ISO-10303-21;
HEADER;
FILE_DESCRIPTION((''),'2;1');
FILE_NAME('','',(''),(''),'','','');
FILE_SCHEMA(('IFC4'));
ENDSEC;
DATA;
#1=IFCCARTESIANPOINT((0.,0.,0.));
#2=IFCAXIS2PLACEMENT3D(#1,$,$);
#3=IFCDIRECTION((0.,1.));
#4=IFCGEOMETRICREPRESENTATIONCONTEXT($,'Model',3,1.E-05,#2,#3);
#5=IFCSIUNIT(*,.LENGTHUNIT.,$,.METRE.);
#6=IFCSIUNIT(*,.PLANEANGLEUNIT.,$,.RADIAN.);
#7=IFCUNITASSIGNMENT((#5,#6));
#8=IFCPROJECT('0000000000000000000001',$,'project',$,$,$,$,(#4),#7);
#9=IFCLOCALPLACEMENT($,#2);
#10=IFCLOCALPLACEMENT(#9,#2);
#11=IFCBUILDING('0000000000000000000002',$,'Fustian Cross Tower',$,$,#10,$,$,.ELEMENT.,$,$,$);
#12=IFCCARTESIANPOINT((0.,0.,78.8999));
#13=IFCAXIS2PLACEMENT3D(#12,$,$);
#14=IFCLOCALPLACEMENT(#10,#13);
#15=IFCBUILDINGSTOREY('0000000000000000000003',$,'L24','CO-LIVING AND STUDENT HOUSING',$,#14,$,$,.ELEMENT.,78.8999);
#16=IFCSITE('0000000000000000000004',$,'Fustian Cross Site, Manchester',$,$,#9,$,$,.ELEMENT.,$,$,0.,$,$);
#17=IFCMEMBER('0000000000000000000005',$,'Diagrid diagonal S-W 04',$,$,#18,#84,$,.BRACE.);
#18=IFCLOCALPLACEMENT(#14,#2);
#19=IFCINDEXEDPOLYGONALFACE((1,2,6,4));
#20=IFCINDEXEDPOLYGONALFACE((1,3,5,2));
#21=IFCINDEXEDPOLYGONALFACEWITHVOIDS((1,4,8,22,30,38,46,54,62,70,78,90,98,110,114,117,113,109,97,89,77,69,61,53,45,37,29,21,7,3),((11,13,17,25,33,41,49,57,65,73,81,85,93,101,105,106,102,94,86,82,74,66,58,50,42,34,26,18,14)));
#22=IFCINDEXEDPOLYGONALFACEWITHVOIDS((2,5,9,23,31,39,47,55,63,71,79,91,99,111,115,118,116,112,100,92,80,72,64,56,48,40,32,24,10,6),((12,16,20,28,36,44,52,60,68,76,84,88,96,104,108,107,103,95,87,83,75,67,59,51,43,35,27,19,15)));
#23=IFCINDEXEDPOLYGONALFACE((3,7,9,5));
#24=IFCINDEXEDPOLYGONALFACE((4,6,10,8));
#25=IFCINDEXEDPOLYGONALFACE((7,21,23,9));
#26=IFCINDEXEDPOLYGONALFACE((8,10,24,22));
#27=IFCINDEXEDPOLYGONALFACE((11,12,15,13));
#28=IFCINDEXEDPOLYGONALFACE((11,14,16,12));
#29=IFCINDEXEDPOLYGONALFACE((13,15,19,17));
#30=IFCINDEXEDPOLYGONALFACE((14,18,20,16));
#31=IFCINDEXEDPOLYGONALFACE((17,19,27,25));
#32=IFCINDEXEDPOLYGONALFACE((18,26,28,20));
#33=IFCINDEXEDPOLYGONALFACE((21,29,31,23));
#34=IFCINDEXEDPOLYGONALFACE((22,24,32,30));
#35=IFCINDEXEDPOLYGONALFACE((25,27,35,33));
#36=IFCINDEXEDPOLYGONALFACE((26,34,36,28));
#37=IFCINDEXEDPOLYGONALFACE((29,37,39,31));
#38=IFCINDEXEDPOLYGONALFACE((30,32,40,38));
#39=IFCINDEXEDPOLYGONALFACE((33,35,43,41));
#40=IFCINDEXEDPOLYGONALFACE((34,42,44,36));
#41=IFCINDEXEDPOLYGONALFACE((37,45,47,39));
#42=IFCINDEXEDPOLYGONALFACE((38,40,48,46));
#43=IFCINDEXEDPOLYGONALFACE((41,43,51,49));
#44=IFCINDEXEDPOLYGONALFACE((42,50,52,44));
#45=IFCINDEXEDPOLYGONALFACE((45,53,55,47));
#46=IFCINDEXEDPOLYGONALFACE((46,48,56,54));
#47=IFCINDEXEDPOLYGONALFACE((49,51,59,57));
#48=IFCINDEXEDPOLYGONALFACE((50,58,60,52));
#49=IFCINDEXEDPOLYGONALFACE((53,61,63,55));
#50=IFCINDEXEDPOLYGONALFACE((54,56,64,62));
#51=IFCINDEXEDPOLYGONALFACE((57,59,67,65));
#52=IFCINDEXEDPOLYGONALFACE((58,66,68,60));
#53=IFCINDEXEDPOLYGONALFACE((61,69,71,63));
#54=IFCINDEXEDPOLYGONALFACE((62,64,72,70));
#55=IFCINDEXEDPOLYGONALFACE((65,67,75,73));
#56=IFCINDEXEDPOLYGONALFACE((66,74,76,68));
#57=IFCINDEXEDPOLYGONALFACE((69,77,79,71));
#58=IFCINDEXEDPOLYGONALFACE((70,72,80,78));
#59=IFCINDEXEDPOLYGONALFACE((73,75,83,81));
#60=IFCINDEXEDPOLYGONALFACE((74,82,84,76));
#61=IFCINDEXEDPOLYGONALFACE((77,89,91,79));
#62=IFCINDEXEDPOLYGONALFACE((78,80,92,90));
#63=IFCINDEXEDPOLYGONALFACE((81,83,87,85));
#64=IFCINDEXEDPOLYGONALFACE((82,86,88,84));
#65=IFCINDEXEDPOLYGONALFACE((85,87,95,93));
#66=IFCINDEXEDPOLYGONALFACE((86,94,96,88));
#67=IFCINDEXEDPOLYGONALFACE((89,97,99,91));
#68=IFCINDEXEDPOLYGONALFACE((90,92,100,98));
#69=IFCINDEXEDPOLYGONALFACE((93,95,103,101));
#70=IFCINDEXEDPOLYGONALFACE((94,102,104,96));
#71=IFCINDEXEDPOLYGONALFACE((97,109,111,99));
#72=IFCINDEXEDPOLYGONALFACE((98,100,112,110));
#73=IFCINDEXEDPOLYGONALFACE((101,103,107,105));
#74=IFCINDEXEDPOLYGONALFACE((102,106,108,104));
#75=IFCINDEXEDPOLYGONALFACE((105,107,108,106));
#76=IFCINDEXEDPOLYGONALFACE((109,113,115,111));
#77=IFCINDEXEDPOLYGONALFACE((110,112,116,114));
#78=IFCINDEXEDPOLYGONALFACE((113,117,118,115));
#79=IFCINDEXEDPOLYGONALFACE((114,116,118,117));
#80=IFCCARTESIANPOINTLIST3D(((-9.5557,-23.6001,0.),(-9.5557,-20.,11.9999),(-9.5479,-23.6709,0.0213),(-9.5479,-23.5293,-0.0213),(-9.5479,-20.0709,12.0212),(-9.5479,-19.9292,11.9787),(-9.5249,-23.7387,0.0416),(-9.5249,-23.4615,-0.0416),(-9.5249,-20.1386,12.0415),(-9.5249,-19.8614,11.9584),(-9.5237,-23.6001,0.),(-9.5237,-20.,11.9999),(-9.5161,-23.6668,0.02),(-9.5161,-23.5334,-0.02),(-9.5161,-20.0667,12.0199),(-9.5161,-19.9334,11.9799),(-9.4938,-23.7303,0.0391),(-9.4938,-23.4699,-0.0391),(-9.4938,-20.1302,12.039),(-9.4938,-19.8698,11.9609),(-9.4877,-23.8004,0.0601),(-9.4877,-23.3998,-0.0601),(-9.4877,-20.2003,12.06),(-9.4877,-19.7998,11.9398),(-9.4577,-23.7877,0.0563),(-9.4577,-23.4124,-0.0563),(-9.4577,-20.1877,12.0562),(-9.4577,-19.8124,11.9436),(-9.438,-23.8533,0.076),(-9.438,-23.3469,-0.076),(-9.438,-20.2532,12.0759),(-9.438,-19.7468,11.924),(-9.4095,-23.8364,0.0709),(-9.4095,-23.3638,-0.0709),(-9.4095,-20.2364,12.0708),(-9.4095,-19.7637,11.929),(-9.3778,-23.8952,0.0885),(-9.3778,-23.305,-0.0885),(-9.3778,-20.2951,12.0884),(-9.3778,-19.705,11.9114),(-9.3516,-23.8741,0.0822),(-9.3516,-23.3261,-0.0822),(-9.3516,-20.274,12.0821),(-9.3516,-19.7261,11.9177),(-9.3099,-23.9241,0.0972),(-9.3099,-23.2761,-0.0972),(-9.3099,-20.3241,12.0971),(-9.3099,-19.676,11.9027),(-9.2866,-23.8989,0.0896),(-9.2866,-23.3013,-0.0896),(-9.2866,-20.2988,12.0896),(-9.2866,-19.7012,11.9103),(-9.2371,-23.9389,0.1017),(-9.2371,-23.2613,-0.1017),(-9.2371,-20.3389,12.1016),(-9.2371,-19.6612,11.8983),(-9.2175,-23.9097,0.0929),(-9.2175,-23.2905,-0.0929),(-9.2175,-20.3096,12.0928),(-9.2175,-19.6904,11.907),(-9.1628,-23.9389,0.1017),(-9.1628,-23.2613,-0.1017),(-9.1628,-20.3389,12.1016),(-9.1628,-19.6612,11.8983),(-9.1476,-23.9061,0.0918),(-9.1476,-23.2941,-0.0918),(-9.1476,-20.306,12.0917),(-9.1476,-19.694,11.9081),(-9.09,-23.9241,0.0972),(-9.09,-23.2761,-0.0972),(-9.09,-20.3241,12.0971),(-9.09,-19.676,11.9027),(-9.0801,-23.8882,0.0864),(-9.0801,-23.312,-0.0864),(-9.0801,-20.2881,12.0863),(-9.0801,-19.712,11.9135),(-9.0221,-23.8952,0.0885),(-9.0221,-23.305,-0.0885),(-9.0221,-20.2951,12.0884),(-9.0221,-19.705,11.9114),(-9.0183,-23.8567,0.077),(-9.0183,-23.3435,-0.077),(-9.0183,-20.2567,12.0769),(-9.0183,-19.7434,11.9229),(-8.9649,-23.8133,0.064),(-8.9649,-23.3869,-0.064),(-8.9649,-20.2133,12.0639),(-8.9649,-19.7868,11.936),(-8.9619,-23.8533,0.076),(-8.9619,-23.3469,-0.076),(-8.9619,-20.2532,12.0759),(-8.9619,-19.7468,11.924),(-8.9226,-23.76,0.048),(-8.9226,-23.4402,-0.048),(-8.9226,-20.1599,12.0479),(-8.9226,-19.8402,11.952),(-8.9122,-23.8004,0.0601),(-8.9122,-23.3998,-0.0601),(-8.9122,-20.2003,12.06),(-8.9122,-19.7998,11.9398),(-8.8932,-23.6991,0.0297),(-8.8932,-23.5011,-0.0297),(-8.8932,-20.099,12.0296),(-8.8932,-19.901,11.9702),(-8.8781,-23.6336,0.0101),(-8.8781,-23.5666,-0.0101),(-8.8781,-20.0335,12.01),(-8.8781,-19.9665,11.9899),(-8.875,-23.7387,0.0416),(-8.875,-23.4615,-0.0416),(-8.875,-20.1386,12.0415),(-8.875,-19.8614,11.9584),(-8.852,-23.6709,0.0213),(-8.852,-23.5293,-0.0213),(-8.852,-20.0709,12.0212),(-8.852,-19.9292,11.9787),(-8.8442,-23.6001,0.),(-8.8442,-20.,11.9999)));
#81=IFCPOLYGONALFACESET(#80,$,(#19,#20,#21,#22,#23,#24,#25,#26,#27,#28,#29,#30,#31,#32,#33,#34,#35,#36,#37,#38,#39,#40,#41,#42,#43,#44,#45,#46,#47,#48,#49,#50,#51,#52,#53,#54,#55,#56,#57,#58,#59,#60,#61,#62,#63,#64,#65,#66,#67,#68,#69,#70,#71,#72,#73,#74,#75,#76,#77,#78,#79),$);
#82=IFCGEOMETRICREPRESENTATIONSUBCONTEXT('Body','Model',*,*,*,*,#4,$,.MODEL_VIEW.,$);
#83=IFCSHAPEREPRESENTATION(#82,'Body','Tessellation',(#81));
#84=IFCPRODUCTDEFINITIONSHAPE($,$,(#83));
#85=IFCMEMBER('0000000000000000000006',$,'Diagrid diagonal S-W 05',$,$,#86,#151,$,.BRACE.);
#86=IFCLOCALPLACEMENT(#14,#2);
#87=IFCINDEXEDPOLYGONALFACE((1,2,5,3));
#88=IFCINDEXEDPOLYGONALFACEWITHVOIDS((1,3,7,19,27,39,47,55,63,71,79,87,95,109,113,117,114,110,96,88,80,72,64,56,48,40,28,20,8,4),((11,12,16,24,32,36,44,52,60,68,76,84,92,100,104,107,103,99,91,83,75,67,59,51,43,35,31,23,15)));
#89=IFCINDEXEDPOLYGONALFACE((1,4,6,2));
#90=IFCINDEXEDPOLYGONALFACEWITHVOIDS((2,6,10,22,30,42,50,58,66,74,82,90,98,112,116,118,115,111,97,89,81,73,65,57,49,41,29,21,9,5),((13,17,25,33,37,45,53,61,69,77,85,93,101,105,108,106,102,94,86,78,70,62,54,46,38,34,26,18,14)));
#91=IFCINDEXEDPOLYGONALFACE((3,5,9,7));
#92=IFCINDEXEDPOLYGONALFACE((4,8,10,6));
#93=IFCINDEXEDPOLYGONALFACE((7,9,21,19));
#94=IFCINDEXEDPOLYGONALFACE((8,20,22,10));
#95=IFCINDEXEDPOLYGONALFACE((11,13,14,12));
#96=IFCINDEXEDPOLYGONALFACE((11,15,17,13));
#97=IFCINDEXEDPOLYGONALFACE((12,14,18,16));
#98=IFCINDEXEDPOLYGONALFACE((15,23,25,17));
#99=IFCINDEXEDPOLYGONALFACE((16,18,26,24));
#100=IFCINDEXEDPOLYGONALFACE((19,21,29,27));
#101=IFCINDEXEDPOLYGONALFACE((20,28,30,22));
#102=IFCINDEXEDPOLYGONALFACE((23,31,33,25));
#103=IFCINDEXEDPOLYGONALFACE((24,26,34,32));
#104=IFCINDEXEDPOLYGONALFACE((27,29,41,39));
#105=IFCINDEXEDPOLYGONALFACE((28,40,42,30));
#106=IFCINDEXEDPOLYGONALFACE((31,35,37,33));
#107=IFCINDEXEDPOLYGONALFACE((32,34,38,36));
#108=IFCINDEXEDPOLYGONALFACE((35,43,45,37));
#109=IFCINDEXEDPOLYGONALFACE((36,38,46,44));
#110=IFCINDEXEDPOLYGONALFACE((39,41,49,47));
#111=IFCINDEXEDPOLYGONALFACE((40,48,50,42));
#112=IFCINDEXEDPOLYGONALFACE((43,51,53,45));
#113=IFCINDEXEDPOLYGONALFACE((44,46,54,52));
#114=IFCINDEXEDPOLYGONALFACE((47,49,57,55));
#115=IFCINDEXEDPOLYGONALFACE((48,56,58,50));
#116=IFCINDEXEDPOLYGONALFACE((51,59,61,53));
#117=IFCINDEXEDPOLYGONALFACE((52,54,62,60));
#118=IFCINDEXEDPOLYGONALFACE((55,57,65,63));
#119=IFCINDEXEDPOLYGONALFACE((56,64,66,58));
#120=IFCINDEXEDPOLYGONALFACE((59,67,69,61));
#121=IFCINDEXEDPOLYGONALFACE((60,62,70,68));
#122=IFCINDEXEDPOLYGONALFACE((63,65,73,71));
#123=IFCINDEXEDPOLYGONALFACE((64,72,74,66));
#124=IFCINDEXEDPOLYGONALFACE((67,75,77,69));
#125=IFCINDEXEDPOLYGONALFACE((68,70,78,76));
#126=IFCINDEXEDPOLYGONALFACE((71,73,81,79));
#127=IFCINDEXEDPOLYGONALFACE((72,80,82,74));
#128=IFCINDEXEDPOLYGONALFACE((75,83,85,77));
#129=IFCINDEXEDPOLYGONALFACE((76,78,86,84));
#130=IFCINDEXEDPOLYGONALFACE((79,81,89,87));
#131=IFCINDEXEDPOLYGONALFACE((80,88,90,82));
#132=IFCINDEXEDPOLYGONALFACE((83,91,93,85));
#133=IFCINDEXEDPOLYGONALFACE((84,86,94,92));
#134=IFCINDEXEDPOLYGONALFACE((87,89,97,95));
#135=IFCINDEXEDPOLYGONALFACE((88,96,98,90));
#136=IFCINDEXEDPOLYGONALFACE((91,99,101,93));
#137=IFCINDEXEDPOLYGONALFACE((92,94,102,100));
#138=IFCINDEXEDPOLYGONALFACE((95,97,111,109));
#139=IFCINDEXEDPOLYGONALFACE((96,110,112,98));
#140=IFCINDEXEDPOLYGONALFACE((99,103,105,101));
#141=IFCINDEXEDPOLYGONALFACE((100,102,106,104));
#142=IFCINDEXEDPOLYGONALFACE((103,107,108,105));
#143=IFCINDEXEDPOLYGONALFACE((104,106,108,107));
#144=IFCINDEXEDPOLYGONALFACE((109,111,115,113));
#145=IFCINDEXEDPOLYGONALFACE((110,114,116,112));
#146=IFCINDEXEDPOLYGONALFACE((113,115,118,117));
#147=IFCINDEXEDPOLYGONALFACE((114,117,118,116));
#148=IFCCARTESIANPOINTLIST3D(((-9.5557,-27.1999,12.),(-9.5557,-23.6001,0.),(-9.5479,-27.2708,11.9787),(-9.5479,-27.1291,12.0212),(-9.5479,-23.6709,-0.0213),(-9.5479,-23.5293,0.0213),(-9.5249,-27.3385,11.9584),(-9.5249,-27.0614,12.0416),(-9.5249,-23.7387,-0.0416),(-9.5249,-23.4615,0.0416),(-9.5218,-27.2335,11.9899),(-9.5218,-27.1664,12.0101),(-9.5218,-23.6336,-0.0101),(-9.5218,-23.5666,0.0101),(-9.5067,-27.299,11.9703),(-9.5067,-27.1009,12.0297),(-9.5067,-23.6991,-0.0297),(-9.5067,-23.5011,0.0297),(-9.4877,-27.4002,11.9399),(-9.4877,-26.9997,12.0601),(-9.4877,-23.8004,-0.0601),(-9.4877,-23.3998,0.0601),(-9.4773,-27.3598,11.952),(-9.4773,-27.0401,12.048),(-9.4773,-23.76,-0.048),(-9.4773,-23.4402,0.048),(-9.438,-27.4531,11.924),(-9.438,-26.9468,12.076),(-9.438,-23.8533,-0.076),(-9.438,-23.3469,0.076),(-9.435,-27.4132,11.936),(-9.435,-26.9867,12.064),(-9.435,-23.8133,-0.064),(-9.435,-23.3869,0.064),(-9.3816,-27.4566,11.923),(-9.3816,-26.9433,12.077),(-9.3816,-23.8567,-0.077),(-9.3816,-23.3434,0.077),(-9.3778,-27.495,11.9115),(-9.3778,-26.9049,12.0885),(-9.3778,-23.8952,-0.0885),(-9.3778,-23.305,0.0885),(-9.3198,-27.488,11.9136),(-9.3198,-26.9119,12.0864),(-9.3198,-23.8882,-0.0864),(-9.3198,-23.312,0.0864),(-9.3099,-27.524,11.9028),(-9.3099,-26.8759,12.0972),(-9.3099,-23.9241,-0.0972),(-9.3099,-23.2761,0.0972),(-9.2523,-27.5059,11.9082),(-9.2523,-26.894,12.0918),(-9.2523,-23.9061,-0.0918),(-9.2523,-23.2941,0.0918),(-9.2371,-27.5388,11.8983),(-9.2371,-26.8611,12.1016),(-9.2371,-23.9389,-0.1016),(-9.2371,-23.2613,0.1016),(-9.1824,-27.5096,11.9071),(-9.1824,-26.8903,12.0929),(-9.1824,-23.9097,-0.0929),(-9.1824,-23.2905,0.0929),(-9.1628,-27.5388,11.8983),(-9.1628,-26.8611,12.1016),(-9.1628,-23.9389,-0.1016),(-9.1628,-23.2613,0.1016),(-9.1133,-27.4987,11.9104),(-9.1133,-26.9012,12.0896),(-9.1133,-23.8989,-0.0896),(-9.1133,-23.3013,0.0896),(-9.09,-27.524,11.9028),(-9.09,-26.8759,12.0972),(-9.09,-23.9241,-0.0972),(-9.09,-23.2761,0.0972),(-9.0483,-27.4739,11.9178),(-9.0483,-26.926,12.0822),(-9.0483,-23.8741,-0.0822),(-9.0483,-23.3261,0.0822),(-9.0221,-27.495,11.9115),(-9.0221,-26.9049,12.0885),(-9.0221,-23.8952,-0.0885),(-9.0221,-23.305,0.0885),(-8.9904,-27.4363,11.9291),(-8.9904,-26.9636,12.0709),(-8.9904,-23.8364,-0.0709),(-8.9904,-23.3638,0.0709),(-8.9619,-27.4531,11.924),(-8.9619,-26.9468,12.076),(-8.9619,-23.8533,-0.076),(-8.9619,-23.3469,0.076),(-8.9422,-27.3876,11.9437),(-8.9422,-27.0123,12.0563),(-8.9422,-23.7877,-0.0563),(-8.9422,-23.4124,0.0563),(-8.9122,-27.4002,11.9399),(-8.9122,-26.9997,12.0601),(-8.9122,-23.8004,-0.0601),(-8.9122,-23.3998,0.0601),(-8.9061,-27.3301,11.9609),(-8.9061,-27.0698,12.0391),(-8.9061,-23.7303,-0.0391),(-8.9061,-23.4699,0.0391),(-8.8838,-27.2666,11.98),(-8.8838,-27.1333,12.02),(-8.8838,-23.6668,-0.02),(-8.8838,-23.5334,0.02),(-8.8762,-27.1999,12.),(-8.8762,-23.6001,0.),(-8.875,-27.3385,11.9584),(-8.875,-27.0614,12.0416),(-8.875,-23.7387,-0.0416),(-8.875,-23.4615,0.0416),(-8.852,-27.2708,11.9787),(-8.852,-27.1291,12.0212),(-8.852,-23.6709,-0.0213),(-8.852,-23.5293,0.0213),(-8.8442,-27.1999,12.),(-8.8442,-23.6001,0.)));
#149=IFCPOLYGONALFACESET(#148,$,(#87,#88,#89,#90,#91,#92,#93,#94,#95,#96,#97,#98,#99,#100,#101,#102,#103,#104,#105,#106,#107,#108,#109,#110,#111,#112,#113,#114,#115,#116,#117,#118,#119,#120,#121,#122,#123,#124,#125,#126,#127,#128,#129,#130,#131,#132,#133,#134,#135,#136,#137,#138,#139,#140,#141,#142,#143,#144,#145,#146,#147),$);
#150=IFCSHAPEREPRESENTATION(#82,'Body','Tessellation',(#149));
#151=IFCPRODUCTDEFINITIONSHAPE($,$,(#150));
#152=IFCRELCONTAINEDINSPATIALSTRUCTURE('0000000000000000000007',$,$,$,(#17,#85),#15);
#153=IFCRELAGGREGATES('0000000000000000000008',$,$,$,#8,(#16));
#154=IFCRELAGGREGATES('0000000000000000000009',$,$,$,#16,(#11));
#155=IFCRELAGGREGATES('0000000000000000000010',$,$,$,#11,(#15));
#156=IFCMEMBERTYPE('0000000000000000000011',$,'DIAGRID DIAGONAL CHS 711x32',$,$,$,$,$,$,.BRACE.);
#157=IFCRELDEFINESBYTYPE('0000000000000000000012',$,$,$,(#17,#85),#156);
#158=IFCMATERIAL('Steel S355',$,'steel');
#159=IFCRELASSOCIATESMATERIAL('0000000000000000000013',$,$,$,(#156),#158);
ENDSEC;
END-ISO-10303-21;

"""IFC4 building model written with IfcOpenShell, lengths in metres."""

from ifc_helpers import new_model, si_unit, direction, frame, origin, origin_2d, place, context, subcontext, project, spatial, hollow_circle, extrude, material, material_profile, profile_set, type_object, element, save


model = new_model("IFC4")

# Units and contexts
model_context = context("Model", 3, precision=1e-05, world=origin(), true_north=direction((0.0, 1.0)))
body_context = subcontext(model_context, "Body", "Model", "MODEL_VIEW")
ifc_project = project(units=[si_unit("LENGTHUNIT", "METRE"), si_unit("PLANEANGLEUNIT", "RADIAN")], contexts=[model_context])

# Site, building, storey
site_placement = place(None, origin())
site = spatial("IfcSite", under=ifc_project, at=site_placement, Name="Fustian Cross Site, Manchester", CompositionType="ELEMENT", RefElevation=0.0)
building_placement = place(site_placement, origin())
building = spatial("IfcBuilding", under=site, at=building_placement, Name="Fustian Cross Tower", CompositionType="ELEMENT")
storey_placement = place(building_placement, frame((0.0, 0.0, 78.8999)))
storey = spatial("IfcBuildingStorey", under=building, at=storey_placement, Name="L24", Description="CO-LIVING AND STUDENT HOUSING", CompositionType="ELEMENT", Elevation=78.8999)

# Members
ifc_material_1 = material(Name="Steel S355", Category="steel")
ifc_material_profile_1 = material_profile(ifc_material_1, hollow_circle(Radius=0.3557, WallThickness=0.032, at=origin_2d()), Name="CHS 711x32")
ifc_profile_set_1 = profile_set([ifc_material_profile_1], Name="Steel S355")
member_type_1 = type_object("IfcMemberType", Name="DIAGRID DIAGONAL CHS 711x32", PredefinedType="BRACE", material=ifc_profile_set_1)
for number, where, z_axis, x_axis, name in (
    (1, (-9.2, -23.6001, 0.0), (0.0, 0.287355, 0.957824), (-1.0, 0.0, 0.0), "Diagrid diagonal S-W 04"),
    (2, (-9.2, -23.6001, 0.0), (0.0, -0.287337, 0.95783), (1.0, 0.0, 0.0), "Diagrid diagonal S-W 05"),
):
    element("IfcMember", number, at=place(storey_placement, frame(where, z_axis=z_axis, x_axis=x_axis)), inside=storey, type_object=member_type_1, Name=name, PredefinedType="BRACE", context=body_context, shape_type="SweptSolid", body=[
        extrude(hollow_circle(Radius=0.3557, WallThickness=0.032, at=origin_2d()), origin(), (0.0, 0.0, 1.0), 12.5283),
    ])

save(model, "model.ifc")
